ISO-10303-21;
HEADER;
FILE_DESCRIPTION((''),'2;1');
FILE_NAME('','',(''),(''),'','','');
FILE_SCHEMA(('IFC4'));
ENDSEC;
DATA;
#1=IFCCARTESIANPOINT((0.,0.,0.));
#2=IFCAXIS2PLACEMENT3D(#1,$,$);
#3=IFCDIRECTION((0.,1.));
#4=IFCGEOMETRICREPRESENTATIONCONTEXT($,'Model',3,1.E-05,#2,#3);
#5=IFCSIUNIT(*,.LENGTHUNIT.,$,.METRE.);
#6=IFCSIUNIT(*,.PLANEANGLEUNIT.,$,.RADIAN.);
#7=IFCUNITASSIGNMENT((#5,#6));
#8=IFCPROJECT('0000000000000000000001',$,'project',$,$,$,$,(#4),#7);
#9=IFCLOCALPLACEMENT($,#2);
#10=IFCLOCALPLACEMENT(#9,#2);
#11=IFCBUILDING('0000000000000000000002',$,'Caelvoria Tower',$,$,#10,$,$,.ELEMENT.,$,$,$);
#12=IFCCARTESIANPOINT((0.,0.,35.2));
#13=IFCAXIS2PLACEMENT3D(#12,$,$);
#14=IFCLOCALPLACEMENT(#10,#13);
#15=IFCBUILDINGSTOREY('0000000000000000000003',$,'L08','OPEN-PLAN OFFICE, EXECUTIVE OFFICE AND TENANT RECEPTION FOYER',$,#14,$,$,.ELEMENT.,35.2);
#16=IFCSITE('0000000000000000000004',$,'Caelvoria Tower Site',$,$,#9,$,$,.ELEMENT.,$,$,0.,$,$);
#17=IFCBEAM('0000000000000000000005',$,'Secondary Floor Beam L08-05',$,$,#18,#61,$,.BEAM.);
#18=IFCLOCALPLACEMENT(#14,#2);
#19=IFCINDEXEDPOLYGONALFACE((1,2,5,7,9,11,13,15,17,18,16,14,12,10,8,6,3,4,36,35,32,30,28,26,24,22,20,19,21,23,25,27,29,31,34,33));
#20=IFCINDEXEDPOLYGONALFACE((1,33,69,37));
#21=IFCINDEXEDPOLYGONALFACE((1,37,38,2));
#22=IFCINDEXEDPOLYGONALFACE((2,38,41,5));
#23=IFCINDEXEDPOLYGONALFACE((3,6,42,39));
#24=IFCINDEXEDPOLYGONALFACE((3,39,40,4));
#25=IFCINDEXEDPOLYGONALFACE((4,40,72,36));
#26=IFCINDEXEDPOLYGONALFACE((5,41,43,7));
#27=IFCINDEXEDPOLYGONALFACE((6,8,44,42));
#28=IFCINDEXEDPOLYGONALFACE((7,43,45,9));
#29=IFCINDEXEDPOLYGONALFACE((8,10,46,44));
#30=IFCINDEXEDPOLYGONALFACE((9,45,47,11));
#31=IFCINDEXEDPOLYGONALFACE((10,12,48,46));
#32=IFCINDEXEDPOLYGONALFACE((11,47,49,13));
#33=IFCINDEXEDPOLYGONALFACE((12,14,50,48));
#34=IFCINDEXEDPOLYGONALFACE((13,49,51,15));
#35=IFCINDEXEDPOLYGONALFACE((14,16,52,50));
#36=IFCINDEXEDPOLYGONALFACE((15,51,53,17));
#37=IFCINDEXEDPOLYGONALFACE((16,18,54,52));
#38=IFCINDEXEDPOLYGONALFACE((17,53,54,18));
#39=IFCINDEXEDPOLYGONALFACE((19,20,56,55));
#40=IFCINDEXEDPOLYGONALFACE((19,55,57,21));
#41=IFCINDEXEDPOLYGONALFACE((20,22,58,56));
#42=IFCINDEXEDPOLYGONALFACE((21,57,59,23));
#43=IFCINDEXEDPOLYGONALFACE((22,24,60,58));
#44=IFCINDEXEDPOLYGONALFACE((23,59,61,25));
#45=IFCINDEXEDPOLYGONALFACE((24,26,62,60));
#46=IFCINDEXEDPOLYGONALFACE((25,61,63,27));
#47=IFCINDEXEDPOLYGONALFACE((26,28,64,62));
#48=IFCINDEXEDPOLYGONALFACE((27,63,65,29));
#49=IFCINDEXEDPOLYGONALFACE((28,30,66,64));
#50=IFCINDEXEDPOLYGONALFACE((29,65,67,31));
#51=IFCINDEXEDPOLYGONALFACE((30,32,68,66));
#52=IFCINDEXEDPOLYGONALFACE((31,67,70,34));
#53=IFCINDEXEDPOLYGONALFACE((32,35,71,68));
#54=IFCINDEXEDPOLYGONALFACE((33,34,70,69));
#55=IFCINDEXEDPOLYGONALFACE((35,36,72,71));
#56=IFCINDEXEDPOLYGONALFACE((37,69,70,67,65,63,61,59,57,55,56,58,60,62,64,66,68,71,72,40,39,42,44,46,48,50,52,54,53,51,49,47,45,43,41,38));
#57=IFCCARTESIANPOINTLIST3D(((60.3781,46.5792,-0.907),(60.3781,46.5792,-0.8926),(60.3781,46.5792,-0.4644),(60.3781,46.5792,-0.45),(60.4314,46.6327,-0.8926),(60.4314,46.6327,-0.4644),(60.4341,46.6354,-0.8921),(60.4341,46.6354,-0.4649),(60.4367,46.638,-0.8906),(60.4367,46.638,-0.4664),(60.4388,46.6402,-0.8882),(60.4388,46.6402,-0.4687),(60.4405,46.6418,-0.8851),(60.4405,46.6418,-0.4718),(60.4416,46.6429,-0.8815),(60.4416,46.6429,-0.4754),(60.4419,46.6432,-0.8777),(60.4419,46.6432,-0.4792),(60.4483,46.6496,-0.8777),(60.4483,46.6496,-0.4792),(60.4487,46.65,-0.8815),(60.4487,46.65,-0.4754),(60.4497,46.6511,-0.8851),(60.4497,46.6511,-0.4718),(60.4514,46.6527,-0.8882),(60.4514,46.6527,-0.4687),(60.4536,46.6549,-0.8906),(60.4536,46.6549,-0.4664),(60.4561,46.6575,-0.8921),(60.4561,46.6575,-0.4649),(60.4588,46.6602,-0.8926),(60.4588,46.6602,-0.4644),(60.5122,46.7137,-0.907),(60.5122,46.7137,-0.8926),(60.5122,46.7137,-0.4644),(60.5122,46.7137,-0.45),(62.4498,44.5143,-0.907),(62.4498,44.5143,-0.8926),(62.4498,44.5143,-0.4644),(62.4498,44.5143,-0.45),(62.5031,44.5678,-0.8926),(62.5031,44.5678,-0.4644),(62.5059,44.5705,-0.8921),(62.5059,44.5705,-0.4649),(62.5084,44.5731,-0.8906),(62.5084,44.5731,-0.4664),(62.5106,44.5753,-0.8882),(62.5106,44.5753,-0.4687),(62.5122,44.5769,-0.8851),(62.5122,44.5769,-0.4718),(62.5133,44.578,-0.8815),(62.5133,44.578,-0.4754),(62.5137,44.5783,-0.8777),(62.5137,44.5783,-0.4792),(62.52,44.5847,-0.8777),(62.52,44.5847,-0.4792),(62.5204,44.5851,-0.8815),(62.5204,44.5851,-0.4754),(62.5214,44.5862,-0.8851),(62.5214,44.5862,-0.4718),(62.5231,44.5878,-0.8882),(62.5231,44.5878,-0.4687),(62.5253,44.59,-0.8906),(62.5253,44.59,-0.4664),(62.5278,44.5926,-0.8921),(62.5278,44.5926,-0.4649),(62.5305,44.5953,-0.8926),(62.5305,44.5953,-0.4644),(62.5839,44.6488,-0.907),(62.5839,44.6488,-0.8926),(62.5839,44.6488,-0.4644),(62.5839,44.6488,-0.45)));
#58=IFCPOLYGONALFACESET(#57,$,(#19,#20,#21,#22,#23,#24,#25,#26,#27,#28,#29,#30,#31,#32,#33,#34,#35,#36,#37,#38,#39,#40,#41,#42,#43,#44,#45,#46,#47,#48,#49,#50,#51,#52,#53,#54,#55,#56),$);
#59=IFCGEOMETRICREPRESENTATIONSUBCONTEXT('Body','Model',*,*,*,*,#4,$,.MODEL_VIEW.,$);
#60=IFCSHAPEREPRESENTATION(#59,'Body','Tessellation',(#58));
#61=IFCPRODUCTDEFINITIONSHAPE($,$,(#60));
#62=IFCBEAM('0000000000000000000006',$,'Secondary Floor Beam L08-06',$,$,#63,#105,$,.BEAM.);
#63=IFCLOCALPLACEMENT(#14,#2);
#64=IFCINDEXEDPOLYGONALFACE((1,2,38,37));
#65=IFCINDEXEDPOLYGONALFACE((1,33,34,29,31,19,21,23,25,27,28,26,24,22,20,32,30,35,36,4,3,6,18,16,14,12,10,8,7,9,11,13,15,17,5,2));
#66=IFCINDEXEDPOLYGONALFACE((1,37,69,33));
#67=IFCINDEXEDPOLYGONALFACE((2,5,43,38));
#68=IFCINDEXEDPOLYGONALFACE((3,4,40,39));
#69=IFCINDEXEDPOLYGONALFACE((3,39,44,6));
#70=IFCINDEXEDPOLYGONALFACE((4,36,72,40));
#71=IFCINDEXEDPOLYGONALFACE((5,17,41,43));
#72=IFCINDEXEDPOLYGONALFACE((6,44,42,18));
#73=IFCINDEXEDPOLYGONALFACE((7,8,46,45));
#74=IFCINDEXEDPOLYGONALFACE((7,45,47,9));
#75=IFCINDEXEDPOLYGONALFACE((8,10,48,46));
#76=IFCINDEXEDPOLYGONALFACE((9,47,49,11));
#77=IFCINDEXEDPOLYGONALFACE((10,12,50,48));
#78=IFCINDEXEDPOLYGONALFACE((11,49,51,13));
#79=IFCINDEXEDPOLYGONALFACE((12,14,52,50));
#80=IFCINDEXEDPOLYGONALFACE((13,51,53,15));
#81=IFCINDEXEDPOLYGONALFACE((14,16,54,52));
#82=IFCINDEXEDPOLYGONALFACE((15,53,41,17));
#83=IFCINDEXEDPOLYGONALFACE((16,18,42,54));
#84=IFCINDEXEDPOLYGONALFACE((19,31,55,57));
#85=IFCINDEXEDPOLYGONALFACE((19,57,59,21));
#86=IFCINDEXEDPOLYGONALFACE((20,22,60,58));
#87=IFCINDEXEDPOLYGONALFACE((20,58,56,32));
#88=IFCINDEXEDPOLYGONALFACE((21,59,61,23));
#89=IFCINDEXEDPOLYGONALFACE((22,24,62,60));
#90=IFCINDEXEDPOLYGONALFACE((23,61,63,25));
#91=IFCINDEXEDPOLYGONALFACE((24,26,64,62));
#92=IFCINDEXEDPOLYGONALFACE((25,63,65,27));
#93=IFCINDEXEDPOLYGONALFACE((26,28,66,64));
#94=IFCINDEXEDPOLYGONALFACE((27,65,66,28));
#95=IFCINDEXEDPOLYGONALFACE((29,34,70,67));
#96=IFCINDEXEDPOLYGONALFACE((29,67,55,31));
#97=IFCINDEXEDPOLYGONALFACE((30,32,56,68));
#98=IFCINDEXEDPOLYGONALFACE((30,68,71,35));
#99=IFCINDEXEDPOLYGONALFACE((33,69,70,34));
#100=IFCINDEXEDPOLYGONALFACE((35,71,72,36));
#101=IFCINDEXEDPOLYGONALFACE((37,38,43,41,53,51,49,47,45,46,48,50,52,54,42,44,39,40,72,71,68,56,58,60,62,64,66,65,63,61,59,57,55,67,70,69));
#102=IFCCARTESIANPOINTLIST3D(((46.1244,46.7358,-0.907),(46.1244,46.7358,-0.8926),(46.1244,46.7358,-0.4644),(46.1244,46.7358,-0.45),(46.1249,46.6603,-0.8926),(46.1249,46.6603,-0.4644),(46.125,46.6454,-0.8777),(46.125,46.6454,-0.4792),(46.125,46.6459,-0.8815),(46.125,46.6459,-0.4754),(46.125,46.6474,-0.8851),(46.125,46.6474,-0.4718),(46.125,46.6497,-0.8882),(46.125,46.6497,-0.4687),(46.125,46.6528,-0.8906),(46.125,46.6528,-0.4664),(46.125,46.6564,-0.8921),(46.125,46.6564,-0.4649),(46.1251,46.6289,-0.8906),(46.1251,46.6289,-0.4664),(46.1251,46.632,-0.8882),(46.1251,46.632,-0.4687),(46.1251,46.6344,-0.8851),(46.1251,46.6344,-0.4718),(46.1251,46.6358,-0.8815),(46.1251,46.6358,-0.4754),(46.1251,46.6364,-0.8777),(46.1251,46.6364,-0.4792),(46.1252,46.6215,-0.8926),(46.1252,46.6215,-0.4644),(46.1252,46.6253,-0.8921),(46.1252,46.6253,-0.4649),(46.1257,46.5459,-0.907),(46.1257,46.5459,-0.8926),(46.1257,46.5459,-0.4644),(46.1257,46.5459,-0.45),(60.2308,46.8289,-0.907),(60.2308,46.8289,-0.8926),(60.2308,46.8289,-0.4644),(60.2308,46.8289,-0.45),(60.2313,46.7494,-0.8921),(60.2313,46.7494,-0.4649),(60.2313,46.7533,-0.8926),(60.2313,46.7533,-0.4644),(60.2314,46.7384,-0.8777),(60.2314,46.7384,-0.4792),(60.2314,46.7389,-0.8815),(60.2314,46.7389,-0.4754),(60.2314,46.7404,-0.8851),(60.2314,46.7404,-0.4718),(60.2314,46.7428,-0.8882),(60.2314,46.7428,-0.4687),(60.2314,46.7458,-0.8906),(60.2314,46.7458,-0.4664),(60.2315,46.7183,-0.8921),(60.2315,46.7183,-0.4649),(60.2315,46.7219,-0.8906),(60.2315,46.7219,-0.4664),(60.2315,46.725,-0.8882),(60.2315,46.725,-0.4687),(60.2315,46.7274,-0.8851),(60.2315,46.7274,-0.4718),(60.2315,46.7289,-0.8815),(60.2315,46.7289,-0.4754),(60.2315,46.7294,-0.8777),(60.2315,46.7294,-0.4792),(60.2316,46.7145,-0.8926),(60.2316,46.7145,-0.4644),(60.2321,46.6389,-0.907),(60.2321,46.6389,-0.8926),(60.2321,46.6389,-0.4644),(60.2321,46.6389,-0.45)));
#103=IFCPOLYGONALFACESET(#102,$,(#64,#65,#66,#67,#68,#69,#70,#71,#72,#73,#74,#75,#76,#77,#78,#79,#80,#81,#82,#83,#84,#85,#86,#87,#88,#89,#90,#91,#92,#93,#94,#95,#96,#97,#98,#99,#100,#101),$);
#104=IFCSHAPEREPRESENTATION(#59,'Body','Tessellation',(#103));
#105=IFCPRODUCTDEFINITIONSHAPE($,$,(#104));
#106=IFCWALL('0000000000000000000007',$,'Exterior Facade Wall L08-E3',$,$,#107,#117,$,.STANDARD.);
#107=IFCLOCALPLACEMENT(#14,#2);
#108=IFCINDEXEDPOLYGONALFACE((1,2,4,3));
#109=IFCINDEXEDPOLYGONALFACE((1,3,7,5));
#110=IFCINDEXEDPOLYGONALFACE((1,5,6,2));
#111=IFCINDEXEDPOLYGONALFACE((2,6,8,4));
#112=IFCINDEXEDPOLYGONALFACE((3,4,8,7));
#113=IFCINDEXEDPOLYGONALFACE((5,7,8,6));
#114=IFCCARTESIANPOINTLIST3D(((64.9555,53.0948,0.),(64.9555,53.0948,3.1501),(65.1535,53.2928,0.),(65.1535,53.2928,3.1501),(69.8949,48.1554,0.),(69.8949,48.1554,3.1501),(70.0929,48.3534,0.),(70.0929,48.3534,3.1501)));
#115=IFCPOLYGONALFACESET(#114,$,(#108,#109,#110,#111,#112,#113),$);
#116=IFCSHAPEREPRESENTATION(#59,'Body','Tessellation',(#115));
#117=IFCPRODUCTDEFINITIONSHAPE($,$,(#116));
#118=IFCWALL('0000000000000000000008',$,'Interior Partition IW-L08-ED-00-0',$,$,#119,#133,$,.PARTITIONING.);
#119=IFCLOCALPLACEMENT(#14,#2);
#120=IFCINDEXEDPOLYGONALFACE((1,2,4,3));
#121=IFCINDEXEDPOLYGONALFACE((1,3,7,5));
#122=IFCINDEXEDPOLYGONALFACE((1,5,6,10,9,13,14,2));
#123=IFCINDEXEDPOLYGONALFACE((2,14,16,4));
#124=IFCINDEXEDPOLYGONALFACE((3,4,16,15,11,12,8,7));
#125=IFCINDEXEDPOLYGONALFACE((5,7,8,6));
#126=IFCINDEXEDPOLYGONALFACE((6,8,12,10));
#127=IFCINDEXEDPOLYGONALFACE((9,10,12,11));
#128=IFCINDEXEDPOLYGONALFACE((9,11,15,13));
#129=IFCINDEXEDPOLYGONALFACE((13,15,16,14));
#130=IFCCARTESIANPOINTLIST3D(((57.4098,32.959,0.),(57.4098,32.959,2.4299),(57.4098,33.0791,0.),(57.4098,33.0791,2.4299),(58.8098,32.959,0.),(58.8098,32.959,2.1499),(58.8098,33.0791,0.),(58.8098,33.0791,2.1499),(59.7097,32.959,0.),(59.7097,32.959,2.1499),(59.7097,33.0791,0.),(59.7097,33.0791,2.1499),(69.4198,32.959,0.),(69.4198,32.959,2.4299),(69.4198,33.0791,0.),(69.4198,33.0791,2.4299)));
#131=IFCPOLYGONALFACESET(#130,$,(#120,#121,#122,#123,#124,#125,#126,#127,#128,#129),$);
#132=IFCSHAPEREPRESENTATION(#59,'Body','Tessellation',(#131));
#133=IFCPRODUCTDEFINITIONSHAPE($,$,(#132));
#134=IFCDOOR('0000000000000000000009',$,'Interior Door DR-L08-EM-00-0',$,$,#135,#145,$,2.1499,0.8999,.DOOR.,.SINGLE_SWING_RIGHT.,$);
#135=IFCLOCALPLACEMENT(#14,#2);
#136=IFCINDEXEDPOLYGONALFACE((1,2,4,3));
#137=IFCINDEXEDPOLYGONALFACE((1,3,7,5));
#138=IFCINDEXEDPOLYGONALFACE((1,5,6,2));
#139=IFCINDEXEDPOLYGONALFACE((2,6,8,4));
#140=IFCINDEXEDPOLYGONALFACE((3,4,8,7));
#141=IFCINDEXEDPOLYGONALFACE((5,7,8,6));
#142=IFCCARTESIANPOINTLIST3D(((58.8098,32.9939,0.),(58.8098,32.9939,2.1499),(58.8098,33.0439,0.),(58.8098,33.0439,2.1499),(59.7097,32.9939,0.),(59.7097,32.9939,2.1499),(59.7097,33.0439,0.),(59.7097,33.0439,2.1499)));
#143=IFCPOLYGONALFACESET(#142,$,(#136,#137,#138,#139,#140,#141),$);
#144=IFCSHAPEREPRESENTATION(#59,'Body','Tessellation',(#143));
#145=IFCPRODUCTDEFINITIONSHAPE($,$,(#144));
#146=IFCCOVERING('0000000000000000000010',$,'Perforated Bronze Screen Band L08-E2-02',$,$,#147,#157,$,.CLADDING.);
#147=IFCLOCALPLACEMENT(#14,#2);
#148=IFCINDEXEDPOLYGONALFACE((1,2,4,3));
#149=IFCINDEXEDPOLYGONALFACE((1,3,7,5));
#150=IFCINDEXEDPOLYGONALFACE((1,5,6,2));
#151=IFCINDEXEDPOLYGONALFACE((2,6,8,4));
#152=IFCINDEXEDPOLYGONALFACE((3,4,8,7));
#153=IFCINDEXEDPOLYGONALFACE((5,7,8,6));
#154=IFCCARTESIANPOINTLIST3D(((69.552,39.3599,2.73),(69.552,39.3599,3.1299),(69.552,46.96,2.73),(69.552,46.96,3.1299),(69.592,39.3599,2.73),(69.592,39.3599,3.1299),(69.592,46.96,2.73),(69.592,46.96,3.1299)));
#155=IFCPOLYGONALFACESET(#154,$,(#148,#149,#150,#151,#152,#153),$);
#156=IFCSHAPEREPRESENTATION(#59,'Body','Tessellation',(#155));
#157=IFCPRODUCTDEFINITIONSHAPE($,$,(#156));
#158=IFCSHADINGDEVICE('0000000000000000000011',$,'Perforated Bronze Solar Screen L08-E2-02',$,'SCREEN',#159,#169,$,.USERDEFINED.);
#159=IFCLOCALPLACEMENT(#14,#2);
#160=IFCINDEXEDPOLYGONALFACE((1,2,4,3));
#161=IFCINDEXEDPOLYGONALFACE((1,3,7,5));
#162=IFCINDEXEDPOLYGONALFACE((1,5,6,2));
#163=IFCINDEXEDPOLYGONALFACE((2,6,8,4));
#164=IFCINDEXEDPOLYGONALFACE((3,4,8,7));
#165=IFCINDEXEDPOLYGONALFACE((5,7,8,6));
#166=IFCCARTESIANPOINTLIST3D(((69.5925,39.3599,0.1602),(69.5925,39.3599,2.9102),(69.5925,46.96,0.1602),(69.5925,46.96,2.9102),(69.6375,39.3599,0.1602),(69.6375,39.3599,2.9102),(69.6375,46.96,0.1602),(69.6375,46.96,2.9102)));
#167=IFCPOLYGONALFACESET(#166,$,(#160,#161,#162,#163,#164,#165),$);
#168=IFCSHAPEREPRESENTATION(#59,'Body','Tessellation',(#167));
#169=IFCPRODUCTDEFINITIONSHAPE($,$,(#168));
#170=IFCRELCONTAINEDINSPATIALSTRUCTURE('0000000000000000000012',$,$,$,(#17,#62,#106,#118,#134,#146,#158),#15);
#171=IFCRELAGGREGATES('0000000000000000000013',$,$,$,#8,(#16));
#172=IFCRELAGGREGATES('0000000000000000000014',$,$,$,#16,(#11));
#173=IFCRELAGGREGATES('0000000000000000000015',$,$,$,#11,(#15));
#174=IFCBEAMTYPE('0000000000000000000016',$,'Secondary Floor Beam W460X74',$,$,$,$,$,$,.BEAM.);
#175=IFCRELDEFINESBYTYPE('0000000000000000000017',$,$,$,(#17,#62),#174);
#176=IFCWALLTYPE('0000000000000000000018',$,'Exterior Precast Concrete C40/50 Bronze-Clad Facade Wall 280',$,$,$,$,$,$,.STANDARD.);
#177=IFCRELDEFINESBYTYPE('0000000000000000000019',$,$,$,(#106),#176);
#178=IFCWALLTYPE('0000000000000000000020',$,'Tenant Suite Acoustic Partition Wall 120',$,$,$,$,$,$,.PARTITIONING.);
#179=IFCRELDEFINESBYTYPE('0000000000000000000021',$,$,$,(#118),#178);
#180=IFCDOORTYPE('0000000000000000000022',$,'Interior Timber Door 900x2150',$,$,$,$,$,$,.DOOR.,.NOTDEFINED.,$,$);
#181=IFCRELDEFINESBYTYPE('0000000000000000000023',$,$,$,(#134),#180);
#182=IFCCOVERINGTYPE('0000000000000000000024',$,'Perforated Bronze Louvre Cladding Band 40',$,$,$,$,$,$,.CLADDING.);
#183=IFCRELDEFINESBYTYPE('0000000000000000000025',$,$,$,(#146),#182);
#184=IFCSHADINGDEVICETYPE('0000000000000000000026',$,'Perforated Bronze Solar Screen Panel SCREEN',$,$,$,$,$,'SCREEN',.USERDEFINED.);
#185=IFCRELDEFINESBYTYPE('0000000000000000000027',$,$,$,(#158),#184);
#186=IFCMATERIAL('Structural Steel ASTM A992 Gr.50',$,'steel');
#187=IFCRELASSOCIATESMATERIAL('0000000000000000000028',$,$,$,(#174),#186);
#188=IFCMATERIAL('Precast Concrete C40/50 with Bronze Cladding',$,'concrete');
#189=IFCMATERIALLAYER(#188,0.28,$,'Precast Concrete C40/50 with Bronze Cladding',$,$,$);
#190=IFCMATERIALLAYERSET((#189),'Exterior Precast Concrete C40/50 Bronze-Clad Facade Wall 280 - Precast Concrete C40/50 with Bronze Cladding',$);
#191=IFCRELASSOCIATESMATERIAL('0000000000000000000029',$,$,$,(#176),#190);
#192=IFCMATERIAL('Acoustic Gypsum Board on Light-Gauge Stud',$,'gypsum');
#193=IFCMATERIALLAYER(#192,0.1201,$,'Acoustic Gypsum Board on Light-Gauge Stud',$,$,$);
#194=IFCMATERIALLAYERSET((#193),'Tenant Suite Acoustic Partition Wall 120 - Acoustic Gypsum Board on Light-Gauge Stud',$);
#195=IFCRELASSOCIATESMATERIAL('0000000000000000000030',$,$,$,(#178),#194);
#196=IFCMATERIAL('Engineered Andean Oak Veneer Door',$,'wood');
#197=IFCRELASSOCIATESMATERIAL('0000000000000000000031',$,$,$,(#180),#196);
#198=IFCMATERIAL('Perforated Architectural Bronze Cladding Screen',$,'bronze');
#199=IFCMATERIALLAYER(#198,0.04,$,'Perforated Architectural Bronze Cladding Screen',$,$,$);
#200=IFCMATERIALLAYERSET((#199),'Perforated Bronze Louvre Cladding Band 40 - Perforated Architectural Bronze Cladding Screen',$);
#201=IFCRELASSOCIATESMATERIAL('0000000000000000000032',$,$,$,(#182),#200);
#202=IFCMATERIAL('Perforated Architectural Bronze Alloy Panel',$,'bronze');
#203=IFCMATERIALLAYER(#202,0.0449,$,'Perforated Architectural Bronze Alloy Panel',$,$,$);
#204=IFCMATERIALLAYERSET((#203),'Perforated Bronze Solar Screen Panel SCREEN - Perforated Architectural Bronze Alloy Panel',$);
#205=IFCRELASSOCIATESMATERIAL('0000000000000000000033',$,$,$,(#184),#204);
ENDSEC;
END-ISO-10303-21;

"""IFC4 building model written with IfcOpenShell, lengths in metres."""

from ifc_helpers import new_model, si_unit, direction, frame, frame_2d, origin, origin_2d, place, context, subcontext, project, spatial, rectangle, i_section, extrude, material, layer, layer_set, material_profile, profile_set, type_object, element, fill, save


model = new_model("IFC4")

# Units and contexts
model_context = context("Model", 3, precision=1e-05, world=origin(), true_north=direction((0.0, 1.0)))
body_context = subcontext(model_context, "Body", "Model", "MODEL_VIEW")
ifc_project = project(units=[si_unit("LENGTHUNIT", "METRE"), si_unit("PLANEANGLEUNIT", "RADIAN")], contexts=[model_context])

# Site, building, storey
site_placement = place(None, origin())
site = spatial("IfcSite", under=ifc_project, at=site_placement, Name="Caelvoria Tower Site", CompositionType="ELEMENT", RefElevation=0.0)
building_placement = place(site_placement, origin())
building = spatial("IfcBuilding", under=site, at=building_placement, Name="Caelvoria Tower", CompositionType="ELEMENT")
storey_placement = place(building_placement, frame((0.0, 0.0, 35.2)))
storey = spatial("IfcBuildingStorey", under=building, at=storey_placement, Name="L08", Description="OPEN-PLAN OFFICE, EXECUTIVE OFFICE AND TENANT RECEPTION FOYER", CompositionType="ELEMENT", Elevation=35.2)

# Beams
ifc_material_1 = material(Name="Structural Steel ASTM A992 Gr.50", Category="steel")
ifc_material_profile_1 = material_profile(ifc_material_1, i_section(OverallWidth=0.1899, OverallDepth=0.457, WebThickness=0.009, FlangeThickness=0.0144, FilletRadius=0.0149, at=origin_2d()), Name="Structural Steel ASTM A992 Gr.50")
ifc_profile_set_1 = profile_set([ifc_material_profile_1], Name="W460X74 - Structural Steel ASTM A992 Gr.50")
beam_type_1 = type_object("IfcBeamType", Name="Secondary Floor Beam W460X74", PredefinedType="BEAM", material=ifc_profile_set_1)
beam_1_placement = place(storey_placement, frame((62.5168, 44.5815, -0.6785), z_axis=(-0.708274, 0.705937, 0.0), x_axis=(-0.705937, -0.708274, 0.0)))
element("IfcBeam", 1, at=beam_1_placement, inside=storey, type_object=beam_type_1, Name="Secondary Floor Beam L08-05", PredefinedType="BEAM", context=body_context, shape_type="SweptSolid", body=[
    extrude(i_section(OverallWidth=0.1899, OverallDepth=0.457, WebThickness=0.009, FlangeThickness=0.0144, FilletRadius=0.0149, at=origin_2d()), origin(), (0.0, 0.0, 1.0), 2.925),
])
beam_2_placement = place(storey_placement, frame((60.2314, 46.7339, -0.6785), z_axis=(-0.999978, -0.006594, 0.0), x_axis=(0.006594, -0.999978, 0.0)))
element("IfcBeam", 2, at=beam_2_placement, inside=storey, type_object=beam_type_1, Name="Secondary Floor Beam L08-06", PredefinedType="BEAM", context=body_context, shape_type="SweptSolid", body=[
    extrude(i_section(OverallWidth=0.1899, OverallDepth=0.457, WebThickness=0.009, FlangeThickness=0.0144, FilletRadius=0.0149, at=origin_2d()), origin(), (0.0, 0.0, 1.0), 14.1067),
])

# Wall
ifc_material_2 = material(Name="Precast Concrete C40/50 with Bronze Cladding", Category="concrete")
ifc_layer_1 = layer(ifc_material_2, 0.28, Name="Precast Concrete C40/50 with Bronze Cladding")
ifc_layer_set_1 = layer_set([ifc_layer_1], Name="Exterior Precast Concrete C40/50 Bronze-Clad Facade Wall 280 - Precast Concrete C40/50 with Bronze Cladding")
wall_type_1 = type_object("IfcWallType", Name="Exterior Precast Concrete C40/50 Bronze-Clad Facade Wall 280", PredefinedType="STANDARD", material=ifc_layer_set_1)
wall_1_placement = place(storey_placement, frame((69.9939, 48.2544, 0.0), z_axis=(0.0, 0.0, 1.0), x_axis=(-0.707107, 0.707107, 0.0)))
element("IfcWall", 3, at=wall_1_placement, inside=storey, type_object=wall_type_1, Name="Exterior Facade Wall L08-E3", PredefinedType="STANDARD", context=body_context, shape_type="SweptSolid", body=[
    extrude(rectangle(XDim=6.9854, YDim=0.28, at=frame_2d((3.4927, 0.0))), origin(), (0.0, 0.0, 1.0), 3.1501),
])

# Wall, opening, door
ifc_material_3 = material(Name="Acoustic Gypsum Board on Light-Gauge Stud", Category="gypsum")
ifc_layer_2 = layer(ifc_material_3, 0.1201, Name="Acoustic Gypsum Board on Light-Gauge Stud")
ifc_layer_set_2 = layer_set([ifc_layer_2], Name="Tenant Suite Acoustic Partition Wall 120 - Acoustic Gypsum Board on Light-Gauge Stud")
wall_type_2 = type_object("IfcWallType", Name="Tenant Suite Acoustic Partition Wall 120", PredefinedType="PARTITIONING", material=ifc_layer_set_2)
wall_2_placement = place(storey_placement, frame((57.4099, 33.019, 0.0), z_axis=(0.0, 0.0, 1.0), x_axis=(1.0, 0.0, 0.0)))
wall_2 = element("IfcWall", 4, at=wall_2_placement, inside=storey, type_object=wall_type_2, Name="Interior Partition IW-L08-ED-00-0", PredefinedType="PARTITIONING", context=body_context, shape_type="SweptSolid", body=[
    extrude(rectangle(XDim=12.01, YDim=0.1201, at=frame_2d((6.0049, 0.0))), origin(), (0.0, 0.0, 1.0), 2.4299),
])
opening_placement = place(wall_2_placement, frame((1.3999, 0.0, 0.0)))
opening = element("IfcOpeningElement", 5, at=opening_placement, cuts=wall_2, PredefinedType="OPENING", context=body_context, shape_type="SweptSolid", body=[
    extrude(rectangle(XDim=0.8999, YDim=2.1499, at=frame_2d((0.45, 1.075))), frame((0.0, 0.0701, 0.0), z_axis=(0.0, -1.0, 0.0), x_axis=(1.0, 0.0, 0.0)), (0.0, 0.0, 1.0), 0.1401),
])
ifc_material_4 = material(Name="Engineered Andean Oak Veneer Door", Category="wood")
door_type = type_object("IfcDoorType", Name="Interior Timber Door 900x2150", OperationType="NOTDEFINED", PredefinedType="DOOR", material=ifc_material_4)
door_placement = place(opening_placement, origin())
door = element("IfcDoor", 6, at=door_placement, inside=storey, type_object=door_type, Name="Interior Door DR-L08-EM-00-0", OperationType="SINGLE_SWING_RIGHT", OverallHeight=2.1499, OverallWidth=0.8999, PredefinedType="DOOR", context=body_context, shape_type="SweptSolid", body=[
    extrude(rectangle(XDim=0.8999, YDim=2.1499, at=frame_2d((0.45, 1.075))), frame((0.0, 0.0249, 0.0), z_axis=(0.0, -1.0, 0.0), x_axis=(1.0, 0.0, 0.0)), (0.0, 0.0, 1.0), 0.05),
])
fill(opening, door)

# Covering
ifc_material_5 = material(Name="Perforated Architectural Bronze Cladding Screen", Category="bronze")
ifc_layer_3 = layer(ifc_material_5, 0.04, Name="Perforated Architectural Bronze Cladding Screen")
ifc_layer_set_3 = layer_set([ifc_layer_3], Name="Perforated Bronze Louvre Cladding Band 40 - Perforated Architectural Bronze Cladding Screen")
covering_type = type_object("IfcCoveringType", Name="Perforated Bronze Louvre Cladding Band 40", PredefinedType="CLADDING", material=ifc_layer_set_3)
covering_placement = place(storey_placement, frame((69.572, 43.1599, 2.73), z_axis=(0.0, 0.0, 1.0), x_axis=(0.0, 1.0, 0.0)))
element("IfcCovering", 7, at=covering_placement, inside=storey, type_object=covering_type, Name="Perforated Bronze Screen Band L08-E2-02", PredefinedType="CLADDING", context=body_context, shape_type="SweptSolid", body=[
    extrude(rectangle(XDim=7.6001, YDim=0.04, at=origin_2d()), origin(), (0.0, 0.0, 1.0), 0.3999),
])

# Shading device
ifc_material_6 = material(Name="Perforated Architectural Bronze Alloy Panel", Category="bronze")
ifc_layer_4 = layer(ifc_material_6, 0.0449, Name="Perforated Architectural Bronze Alloy Panel")
ifc_layer_set_4 = layer_set([ifc_layer_4], Name="Perforated Bronze Solar Screen Panel SCREEN - Perforated Architectural Bronze Alloy Panel")
shading_device_type = type_object("IfcShadingDeviceType", Name="Perforated Bronze Solar Screen Panel SCREEN", ElementType="SCREEN", PredefinedType="USERDEFINED", material=ifc_layer_set_4)
shading_device_placement = place(storey_placement, frame((69.615, 43.1599, 0.1602), z_axis=(0.0, 0.0, 1.0), x_axis=(0.0, 1.0, 0.0)))
element("IfcShadingDevice", 8, at=shading_device_placement, inside=storey, type_object=shading_device_type, Name="Perforated Bronze Solar Screen L08-E2-02", ObjectType="SCREEN", PredefinedType="USERDEFINED", context=body_context, shape_type="SweptSolid", body=[
    extrude(rectangle(XDim=7.6001, YDim=0.0449, at=origin_2d()), origin(), (0.0, 0.0, 1.0), 2.75),
])

save(model, "model.ifc")
